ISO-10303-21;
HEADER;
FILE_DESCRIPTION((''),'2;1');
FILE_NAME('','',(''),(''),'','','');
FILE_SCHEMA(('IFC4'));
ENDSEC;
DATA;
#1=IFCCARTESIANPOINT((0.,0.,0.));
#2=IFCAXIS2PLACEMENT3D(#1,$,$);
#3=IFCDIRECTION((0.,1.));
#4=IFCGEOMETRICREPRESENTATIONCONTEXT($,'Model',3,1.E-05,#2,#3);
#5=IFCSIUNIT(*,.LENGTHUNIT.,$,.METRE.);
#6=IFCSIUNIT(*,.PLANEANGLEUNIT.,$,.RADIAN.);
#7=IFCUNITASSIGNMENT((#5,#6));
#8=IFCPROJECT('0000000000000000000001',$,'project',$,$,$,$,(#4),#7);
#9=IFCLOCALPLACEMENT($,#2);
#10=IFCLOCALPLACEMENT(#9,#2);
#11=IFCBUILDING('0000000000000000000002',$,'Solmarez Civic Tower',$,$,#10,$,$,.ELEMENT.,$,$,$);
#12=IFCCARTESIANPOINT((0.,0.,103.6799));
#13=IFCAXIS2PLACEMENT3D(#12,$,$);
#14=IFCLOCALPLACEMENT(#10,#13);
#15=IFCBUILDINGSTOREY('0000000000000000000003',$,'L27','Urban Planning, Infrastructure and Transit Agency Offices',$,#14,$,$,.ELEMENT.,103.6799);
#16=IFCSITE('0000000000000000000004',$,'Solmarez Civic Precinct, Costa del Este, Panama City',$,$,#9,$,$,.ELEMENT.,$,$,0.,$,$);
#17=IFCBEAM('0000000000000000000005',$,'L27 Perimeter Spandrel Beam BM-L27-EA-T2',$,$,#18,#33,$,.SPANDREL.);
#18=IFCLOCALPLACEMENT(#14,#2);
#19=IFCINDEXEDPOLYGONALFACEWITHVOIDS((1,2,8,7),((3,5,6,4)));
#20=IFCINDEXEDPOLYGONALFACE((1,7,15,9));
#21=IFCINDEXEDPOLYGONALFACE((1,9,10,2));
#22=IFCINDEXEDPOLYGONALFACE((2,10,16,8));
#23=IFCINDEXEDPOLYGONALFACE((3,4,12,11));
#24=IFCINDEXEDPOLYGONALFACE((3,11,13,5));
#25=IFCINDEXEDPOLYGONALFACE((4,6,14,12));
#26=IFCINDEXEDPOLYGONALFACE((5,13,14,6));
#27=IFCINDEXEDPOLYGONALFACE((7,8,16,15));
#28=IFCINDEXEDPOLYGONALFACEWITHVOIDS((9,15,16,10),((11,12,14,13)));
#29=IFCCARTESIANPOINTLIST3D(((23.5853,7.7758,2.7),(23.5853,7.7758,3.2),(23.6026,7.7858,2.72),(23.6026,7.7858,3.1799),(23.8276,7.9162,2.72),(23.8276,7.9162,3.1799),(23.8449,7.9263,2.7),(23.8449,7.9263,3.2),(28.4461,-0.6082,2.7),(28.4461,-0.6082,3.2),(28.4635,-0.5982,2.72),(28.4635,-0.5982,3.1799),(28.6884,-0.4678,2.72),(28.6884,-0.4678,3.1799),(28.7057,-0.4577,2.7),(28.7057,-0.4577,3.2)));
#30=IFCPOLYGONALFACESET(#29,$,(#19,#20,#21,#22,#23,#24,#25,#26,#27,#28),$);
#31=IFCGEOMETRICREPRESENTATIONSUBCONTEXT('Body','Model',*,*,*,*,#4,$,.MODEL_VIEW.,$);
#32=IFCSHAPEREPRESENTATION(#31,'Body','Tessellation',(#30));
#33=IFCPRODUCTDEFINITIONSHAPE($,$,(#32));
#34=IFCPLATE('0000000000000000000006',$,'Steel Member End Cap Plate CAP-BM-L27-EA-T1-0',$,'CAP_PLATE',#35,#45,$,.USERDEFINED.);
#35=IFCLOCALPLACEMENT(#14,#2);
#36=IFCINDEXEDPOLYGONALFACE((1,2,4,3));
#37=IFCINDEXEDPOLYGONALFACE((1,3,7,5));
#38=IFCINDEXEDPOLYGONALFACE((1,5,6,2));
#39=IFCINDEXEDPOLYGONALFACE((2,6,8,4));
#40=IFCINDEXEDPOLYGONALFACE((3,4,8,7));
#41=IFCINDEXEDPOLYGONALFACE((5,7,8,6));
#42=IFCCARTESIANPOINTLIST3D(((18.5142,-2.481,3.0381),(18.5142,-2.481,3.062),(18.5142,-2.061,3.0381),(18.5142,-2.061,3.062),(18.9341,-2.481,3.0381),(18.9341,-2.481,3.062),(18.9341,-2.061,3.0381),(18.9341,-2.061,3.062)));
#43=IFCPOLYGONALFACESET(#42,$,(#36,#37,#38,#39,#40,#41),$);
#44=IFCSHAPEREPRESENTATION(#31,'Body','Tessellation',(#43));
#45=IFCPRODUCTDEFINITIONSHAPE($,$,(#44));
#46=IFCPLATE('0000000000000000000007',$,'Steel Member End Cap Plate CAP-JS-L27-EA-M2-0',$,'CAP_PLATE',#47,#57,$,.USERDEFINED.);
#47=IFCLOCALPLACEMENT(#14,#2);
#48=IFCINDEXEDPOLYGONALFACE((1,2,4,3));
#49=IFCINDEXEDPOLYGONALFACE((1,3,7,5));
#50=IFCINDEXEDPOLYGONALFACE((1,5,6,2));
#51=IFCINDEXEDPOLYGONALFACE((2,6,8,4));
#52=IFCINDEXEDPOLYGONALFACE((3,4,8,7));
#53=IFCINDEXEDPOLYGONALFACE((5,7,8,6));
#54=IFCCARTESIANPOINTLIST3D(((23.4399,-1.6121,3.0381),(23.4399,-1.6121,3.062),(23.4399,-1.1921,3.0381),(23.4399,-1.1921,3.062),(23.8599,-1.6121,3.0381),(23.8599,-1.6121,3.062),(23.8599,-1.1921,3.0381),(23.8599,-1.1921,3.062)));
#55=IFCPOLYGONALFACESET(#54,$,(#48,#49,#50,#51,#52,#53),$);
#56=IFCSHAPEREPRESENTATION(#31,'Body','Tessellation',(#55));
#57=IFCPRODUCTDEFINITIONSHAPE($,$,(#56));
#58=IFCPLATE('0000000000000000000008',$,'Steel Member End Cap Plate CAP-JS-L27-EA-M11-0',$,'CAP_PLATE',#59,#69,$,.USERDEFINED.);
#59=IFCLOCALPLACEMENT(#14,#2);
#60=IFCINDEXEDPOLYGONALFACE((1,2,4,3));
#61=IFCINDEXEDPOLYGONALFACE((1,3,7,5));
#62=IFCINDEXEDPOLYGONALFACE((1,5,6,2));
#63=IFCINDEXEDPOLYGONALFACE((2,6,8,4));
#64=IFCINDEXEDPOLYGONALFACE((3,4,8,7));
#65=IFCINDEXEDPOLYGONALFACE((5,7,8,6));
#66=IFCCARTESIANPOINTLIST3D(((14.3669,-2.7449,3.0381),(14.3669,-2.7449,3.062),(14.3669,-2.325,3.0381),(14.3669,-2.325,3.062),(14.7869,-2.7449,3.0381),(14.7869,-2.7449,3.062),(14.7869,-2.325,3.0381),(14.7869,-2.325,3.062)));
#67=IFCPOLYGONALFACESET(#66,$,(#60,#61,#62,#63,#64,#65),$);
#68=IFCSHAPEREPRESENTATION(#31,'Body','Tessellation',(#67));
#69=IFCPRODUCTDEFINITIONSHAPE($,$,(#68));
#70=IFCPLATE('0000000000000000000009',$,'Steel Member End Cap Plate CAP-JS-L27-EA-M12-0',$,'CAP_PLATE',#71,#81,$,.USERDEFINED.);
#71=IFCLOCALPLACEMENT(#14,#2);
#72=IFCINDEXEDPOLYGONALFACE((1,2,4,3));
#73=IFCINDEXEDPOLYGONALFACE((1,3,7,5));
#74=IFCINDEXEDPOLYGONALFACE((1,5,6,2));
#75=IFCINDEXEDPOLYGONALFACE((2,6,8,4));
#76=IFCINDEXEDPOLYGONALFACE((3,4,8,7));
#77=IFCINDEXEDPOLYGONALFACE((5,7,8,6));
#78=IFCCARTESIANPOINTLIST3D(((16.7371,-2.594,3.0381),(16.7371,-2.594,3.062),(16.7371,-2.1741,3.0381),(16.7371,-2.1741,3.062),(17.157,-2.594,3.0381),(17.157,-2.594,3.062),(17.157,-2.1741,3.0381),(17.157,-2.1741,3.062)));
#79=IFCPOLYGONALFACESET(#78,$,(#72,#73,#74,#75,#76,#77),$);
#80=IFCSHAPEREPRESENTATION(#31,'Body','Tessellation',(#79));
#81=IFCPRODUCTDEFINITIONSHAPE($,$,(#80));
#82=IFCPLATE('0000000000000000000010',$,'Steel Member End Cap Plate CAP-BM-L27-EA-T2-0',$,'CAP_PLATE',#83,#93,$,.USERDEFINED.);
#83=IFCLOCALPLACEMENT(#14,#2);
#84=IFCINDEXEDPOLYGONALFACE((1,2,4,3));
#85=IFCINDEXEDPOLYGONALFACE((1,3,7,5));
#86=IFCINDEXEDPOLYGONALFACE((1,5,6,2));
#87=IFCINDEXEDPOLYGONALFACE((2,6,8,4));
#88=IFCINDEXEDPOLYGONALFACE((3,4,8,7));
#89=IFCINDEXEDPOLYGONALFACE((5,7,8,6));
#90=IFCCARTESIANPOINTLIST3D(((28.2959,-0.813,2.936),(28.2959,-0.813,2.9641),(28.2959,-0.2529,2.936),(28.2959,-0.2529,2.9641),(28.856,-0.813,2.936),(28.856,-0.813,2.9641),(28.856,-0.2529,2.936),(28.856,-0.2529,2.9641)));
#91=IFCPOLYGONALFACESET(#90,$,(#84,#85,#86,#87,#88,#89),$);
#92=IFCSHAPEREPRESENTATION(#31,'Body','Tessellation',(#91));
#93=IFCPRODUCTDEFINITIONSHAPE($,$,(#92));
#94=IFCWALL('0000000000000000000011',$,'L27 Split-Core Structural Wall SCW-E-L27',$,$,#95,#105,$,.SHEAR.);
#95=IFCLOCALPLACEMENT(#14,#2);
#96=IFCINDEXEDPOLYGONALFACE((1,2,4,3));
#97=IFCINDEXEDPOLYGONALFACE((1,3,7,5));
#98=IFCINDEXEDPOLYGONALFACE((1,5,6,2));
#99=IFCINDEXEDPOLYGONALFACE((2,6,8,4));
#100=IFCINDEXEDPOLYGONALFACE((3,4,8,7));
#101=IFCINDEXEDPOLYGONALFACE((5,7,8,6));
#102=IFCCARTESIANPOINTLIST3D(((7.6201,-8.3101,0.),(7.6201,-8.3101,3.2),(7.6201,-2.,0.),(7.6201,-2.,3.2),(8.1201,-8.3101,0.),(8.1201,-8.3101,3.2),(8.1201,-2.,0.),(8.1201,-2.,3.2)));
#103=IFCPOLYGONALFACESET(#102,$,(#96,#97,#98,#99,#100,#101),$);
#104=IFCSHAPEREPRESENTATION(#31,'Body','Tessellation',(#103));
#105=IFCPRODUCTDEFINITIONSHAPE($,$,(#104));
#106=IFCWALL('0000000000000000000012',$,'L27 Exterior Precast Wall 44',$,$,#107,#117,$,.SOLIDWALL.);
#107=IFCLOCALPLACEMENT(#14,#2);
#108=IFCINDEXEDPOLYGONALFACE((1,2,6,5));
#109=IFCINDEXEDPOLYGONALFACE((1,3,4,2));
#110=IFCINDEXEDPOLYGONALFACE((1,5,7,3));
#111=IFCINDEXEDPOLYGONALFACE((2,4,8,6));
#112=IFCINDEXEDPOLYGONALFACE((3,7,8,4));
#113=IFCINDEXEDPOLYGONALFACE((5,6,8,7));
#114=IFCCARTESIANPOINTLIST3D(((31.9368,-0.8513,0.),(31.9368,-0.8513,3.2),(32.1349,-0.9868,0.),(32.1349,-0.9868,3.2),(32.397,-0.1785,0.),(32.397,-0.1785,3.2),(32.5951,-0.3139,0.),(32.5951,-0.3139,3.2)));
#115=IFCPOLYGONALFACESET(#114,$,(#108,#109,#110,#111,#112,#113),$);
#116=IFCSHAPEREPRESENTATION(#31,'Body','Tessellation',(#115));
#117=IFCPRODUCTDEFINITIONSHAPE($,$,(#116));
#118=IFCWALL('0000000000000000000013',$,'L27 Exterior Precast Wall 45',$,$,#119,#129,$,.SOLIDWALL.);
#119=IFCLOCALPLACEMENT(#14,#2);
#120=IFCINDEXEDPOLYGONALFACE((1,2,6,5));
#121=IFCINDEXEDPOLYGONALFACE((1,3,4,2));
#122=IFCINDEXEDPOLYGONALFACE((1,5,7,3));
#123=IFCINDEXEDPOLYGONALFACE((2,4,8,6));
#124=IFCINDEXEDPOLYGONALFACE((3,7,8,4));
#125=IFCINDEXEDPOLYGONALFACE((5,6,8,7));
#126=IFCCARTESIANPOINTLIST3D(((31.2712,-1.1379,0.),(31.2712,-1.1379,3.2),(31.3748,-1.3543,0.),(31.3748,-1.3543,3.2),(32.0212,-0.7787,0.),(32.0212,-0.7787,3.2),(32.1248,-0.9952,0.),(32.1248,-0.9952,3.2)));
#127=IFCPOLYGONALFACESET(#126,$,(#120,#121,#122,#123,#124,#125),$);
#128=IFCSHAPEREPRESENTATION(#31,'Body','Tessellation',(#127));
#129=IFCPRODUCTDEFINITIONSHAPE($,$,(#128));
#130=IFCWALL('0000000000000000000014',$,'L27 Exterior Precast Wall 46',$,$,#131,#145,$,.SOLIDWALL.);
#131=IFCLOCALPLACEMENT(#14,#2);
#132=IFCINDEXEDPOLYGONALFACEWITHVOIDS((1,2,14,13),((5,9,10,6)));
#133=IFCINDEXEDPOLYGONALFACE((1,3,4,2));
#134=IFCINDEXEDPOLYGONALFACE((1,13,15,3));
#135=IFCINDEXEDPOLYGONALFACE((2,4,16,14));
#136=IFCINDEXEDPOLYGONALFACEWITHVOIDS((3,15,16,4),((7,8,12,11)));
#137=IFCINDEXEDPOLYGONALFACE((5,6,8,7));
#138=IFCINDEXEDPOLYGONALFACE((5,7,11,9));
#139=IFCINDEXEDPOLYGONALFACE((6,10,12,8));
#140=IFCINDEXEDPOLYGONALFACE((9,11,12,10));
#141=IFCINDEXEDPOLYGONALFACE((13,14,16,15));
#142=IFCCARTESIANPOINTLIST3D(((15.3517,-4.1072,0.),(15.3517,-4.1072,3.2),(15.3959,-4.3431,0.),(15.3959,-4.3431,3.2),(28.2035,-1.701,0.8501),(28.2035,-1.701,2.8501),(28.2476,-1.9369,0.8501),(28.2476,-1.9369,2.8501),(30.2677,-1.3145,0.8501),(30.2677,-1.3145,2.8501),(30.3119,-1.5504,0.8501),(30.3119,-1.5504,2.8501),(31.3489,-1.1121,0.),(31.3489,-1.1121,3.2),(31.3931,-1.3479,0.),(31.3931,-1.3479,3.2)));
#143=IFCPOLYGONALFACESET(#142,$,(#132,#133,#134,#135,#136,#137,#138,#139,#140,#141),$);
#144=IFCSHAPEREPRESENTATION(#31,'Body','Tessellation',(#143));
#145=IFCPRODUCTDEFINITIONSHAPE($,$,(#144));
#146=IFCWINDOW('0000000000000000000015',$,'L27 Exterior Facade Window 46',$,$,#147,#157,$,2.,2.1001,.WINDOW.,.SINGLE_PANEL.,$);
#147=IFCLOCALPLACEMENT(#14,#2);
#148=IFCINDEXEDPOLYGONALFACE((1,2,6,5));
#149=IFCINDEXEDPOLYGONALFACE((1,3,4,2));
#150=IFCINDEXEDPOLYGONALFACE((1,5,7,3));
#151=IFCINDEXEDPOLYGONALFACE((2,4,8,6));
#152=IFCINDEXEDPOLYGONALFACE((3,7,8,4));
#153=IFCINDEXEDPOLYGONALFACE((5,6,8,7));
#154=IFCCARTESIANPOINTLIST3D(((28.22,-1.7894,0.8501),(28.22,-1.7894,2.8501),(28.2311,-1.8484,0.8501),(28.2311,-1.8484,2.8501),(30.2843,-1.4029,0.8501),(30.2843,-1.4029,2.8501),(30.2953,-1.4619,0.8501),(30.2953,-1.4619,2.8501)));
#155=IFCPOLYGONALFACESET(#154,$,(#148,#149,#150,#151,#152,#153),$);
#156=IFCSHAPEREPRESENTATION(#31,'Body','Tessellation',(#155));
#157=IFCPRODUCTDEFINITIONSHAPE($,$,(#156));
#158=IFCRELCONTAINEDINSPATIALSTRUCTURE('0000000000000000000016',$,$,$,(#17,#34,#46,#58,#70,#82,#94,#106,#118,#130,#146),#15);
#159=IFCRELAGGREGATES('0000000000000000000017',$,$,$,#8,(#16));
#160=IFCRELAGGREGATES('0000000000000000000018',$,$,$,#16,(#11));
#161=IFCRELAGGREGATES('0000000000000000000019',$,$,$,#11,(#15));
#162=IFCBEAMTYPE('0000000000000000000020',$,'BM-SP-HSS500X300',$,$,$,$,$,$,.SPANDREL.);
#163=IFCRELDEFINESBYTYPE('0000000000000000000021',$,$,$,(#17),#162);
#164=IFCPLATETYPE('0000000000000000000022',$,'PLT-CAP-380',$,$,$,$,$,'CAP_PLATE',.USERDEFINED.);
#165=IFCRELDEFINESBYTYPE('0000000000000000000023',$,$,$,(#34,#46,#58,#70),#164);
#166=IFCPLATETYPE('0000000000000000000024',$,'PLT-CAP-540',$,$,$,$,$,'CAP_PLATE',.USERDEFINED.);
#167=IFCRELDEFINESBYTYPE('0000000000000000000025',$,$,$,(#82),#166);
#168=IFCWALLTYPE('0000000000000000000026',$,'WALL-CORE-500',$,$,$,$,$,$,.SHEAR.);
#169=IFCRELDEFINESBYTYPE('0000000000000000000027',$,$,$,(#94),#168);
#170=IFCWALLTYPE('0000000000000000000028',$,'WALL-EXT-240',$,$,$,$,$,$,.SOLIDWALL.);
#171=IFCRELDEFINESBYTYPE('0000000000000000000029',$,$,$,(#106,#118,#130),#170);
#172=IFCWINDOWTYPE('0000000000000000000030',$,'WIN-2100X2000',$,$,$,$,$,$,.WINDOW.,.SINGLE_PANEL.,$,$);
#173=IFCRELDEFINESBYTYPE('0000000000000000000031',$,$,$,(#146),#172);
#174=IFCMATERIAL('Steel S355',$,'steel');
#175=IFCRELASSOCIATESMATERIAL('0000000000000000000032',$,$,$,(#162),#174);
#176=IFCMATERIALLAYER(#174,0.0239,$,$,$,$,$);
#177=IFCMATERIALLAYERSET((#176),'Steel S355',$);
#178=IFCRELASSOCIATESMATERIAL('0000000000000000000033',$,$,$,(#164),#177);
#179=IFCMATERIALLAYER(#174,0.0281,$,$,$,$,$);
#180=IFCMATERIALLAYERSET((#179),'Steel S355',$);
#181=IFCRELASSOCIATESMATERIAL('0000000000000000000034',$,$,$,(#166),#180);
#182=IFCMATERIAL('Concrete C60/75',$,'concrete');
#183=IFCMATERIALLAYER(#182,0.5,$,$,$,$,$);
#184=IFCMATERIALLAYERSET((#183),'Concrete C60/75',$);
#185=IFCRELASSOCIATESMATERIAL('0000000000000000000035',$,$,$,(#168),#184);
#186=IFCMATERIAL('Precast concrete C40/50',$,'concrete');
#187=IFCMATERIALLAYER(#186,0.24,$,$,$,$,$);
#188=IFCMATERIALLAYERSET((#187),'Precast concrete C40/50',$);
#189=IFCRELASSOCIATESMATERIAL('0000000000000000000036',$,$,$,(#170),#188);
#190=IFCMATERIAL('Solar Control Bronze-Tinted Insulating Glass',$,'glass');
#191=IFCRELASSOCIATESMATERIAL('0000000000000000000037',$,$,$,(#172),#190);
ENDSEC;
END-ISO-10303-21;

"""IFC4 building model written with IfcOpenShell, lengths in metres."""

from ifc_helpers import new_model, si_unit, direction, frame, frame_2d, origin, origin_2d, place, context, subcontext, project, spatial, rectangle, hollow_rectangle, extrude, material, layer, layer_set, material_profile, profile_set, type_object, element, fill, save


model = new_model("IFC4")

# Units and contexts
model_context = context("Model", 3, precision=1e-05, world=origin(), true_north=direction((0.0, 1.0)))
body_context = subcontext(model_context, "Body", "Model", "MODEL_VIEW")
ifc_project = project(units=[si_unit("LENGTHUNIT", "METRE"), si_unit("PLANEANGLEUNIT", "RADIAN")], contexts=[model_context])

# Site, building, storey
site_placement = place(None, origin())
site = spatial("IfcSite", under=ifc_project, at=site_placement, Name="Solmarez Civic Precinct, Costa del Este, Panama City", CompositionType="ELEMENT", RefElevation=0.0)
building_placement = place(site_placement, origin())
building = spatial("IfcBuilding", under=site, at=building_placement, Name="Solmarez Civic Tower", CompositionType="ELEMENT")
storey_placement = place(building_placement, frame((0.0, 0.0, 103.6799)))
storey = spatial("IfcBuildingStorey", under=building, at=storey_placement, Name="L27", Description="Urban Planning, Infrastructure and Transit Agency Offices", CompositionType="ELEMENT", Elevation=103.6799)

# Shared definitions
ifc_material_1 = material(Name="Concrete C60/75", Category="concrete")

# Beam
ifc_material_2 = material(Name="Steel S355", Category="steel")
ifc_material_profile_1 = material_profile(ifc_material_2, hollow_rectangle(XDim=0.3, YDim=0.5, WallThickness=0.02, at=origin_2d()), Name="HSS500X300X20")
ifc_profile_set_1 = profile_set([ifc_material_profile_1], Name="Steel S355")
beam_type_1 = type_object("IfcBeamType", Name="BM-SP-HSS500X300", PredefinedType="SPANDREL", material=ifc_profile_set_1)
beam_1_placement = place(storey_placement, frame((28.5759, -0.533, 2.95), z_axis=(-0.501571, 0.865116, 0.0), x_axis=(-0.865116, -0.501571, 0.0)))
element("IfcBeam", 1, at=beam_1_placement, inside=storey, type_object=beam_type_1, Name="L27 Perimeter Spandrel Beam BM-L27-EA-T2", PredefinedType="SPANDREL", context=body_context, shape_type="SweptSolid", body=[
    extrude(hollow_rectangle(XDim=0.3, YDim=0.5, WallThickness=0.02, at=origin_2d()), origin(), (0.0, 0.0, 1.0), 9.6912),
])

# Plates
ifc_layer_1 = layer(ifc_material_2, 0.0239)
ifc_layer_set_1 = layer_set([ifc_layer_1], Name="Steel S355")
plate_type_1 = type_object("IfcPlateType", Name="PLT-CAP-380", ElementType="CAP_PLATE", PredefinedType="USERDEFINED", material=ifc_layer_set_1)
for number, where, z_axis, x_axis, name in (
    (2, (18.7241, -2.271, 3.0381), (0.0, 0.0, 1.0), (1.0, 0.0, 0.0), "Steel Member End Cap Plate CAP-BM-L27-EA-T1-0"),
    (3, (23.6499, -1.4021, 3.0381), (0.0, 0.0, 1.0), (1.0, 0.0, 0.0), "Steel Member End Cap Plate CAP-JS-L27-EA-M2-0"),
    (4, (14.5769, -2.5349, 3.0381), (0.0, 0.0, 1.0), (1.0, 0.0, 0.0), "Steel Member End Cap Plate CAP-JS-L27-EA-M11-0"),
    (5, (16.947, -2.384, 3.0381), (0.0, 0.0, 1.0), (1.0, 0.0, 0.0), "Steel Member End Cap Plate CAP-JS-L27-EA-M12-0"),
):
    element("IfcPlate", number, at=place(storey_placement, frame(where, z_axis=z_axis, x_axis=x_axis)), inside=storey, type_object=plate_type_1, Name=name, ObjectType="CAP_PLATE", PredefinedType="USERDEFINED", context=body_context, shape_type="SweptSolid", body=[
        extrude(rectangle(XDim=0.4199, YDim=0.4199, at=origin_2d()), origin(), (0.0, 0.0, 1.0), 0.0239),
    ])
ifc_layer_2 = layer(ifc_material_2, 0.0281)
ifc_layer_set_2 = layer_set([ifc_layer_2], Name="Steel S355")
plate_type_2 = type_object("IfcPlateType", Name="PLT-CAP-540", ElementType="CAP_PLATE", PredefinedType="USERDEFINED", material=ifc_layer_set_2)
plate_placement = place(storey_placement, frame((28.5759, -0.533, 2.936), z_axis=(0.0, 0.0, 1.0), x_axis=(1.0, 0.0, 0.0)))
element("IfcPlate", 6, at=plate_placement, inside=storey, type_object=plate_type_2, Name="Steel Member End Cap Plate CAP-BM-L27-EA-T2-0", ObjectType="CAP_PLATE", PredefinedType="USERDEFINED", context=body_context, shape_type="SweptSolid", body=[
    extrude(rectangle(XDim=0.5601, YDim=0.5601, at=origin_2d()), origin(), (0.0, 0.0, 1.0), 0.0281),
])

# Walls
ifc_layer_3 = layer(ifc_material_1, 0.5)
ifc_layer_set_3 = layer_set([ifc_layer_3], Name="Concrete C60/75")
wall_type_1 = type_object("IfcWallType", Name="WALL-CORE-500", PredefinedType="SHEAR", material=ifc_layer_set_3)
wall_1_placement = place(storey_placement, frame((7.8701, -2.0, 0.0), z_axis=(0.0, 0.0, 1.0), x_axis=(0.0, -1.0, 0.0)))
element("IfcWall", 7, at=wall_1_placement, inside=storey, type_object=wall_type_1, Name="L27 Split-Core Structural Wall SCW-E-L27", PredefinedType="SHEAR", context=body_context, shape_type="SweptSolid", body=[
    extrude(rectangle(XDim=6.3101, YDim=0.5, at=frame_2d((3.155, 0.0))), origin(), (0.0, 0.0, 1.0), 3.2),
])
ifc_material_3 = material(Name="Precast concrete C40/50", Category="concrete")
ifc_layer_4 = layer(ifc_material_3, 0.24)
ifc_layer_set_4 = layer_set([ifc_layer_4], Name="Precast concrete C40/50")
wall_type_2 = type_object("IfcWallType", Name="WALL-EXT-240", PredefinedType="SOLIDWALL", material=ifc_layer_set_4)
wall_2_placement = place(storey_placement, frame((32.4961, -0.2461, 0.0), z_axis=(0.0, 0.0, 1.0), x_axis=(-0.564544, -0.825403, 0.0)))
element("IfcWall", 8, at=wall_2_placement, inside=storey, type_object=wall_type_2, Name="L27 Exterior Precast Wall 44", PredefinedType="SOLIDWALL", context=body_context, shape_type="SweptSolid", body=[
    extrude(rectangle(XDim=0.8152, YDim=0.24, at=frame_2d((0.4077, 0.0))), origin(), (0.0, 0.0, 1.0), 3.2),
])
wall_3_placement = place(storey_placement, frame((32.073, -0.887, 0.0), z_axis=(0.0, 0.0, 1.0), x_axis=(-0.90193, -0.431881, 0.0)))
element("IfcWall", 9, at=wall_3_placement, inside=storey, type_object=wall_type_2, Name="L27 Exterior Precast Wall 45", PredefinedType="SOLIDWALL", context=body_context, shape_type="SweptSolid", body=[
    extrude(rectangle(XDim=0.8315, YDim=0.24, at=frame_2d((0.4158, 0.0))), origin(), (0.0, 0.0, 1.0), 3.2),
])

# Wall, opening, window
wall_4_placement = place(storey_placement, frame((31.3711, -1.23, 0.0), z_axis=(0.0, 0.0, 1.0), x_axis=(-0.98292, -0.184031, 0.0)))
wall_4 = element("IfcWall", 10, at=wall_4_placement, inside=storey, type_object=wall_type_2, Name="L27 Exterior Precast Wall 46", PredefinedType="SOLIDWALL", context=body_context, shape_type="SweptSolid", body=[
    extrude(rectangle(XDim=16.2751, YDim=0.24, at=frame_2d((8.1377, 0.0))), origin(), (0.0, 0.0, 1.0), 3.2),
])
opening_placement = place(wall_4_placement, frame((1.1001, 0.0, 0.8501)))
opening = element("IfcOpeningElement", 11, at=opening_placement, cuts=wall_4, PredefinedType="OPENING", context=body_context, shape_type="SweptSolid", body=[
    extrude(rectangle(XDim=2.1001, YDim=2.0, at=frame_2d((1.05, 1.0))), frame((0.0, 0.1299, 0.0), z_axis=(0.0, -1.0, 0.0), x_axis=(1.0, 0.0, 0.0)), (0.0, 0.0, 1.0), 0.26),
])
ifc_material_4 = material(Name="Solar Control Bronze-Tinted Insulating Glass", Category="glass")
window_type = type_object("IfcWindowType", Name="WIN-2100X2000", PartitioningType="SINGLE_PANEL", PredefinedType="WINDOW", material=ifc_material_4)
window_placement = place(opening_placement, origin())
window = element("IfcWindow", 12, at=window_placement, inside=storey, type_object=window_type, Name="L27 Exterior Facade Window 46", OverallHeight=2.0, OverallWidth=2.1001, PartitioningType="SINGLE_PANEL", PredefinedType="WINDOW", context=body_context, shape_type="SweptSolid", body=[
    extrude(rectangle(XDim=2.1001, YDim=2.0, at=frame_2d((1.05, 1.0))), frame((0.0, 0.03, 0.0), z_axis=(0.0, -1.0, 0.0), x_axis=(1.0, 0.0, 0.0)), (0.0, 0.0, 1.0), 0.0601),
])
fill(opening, window)

save(model, "model.ifc")
